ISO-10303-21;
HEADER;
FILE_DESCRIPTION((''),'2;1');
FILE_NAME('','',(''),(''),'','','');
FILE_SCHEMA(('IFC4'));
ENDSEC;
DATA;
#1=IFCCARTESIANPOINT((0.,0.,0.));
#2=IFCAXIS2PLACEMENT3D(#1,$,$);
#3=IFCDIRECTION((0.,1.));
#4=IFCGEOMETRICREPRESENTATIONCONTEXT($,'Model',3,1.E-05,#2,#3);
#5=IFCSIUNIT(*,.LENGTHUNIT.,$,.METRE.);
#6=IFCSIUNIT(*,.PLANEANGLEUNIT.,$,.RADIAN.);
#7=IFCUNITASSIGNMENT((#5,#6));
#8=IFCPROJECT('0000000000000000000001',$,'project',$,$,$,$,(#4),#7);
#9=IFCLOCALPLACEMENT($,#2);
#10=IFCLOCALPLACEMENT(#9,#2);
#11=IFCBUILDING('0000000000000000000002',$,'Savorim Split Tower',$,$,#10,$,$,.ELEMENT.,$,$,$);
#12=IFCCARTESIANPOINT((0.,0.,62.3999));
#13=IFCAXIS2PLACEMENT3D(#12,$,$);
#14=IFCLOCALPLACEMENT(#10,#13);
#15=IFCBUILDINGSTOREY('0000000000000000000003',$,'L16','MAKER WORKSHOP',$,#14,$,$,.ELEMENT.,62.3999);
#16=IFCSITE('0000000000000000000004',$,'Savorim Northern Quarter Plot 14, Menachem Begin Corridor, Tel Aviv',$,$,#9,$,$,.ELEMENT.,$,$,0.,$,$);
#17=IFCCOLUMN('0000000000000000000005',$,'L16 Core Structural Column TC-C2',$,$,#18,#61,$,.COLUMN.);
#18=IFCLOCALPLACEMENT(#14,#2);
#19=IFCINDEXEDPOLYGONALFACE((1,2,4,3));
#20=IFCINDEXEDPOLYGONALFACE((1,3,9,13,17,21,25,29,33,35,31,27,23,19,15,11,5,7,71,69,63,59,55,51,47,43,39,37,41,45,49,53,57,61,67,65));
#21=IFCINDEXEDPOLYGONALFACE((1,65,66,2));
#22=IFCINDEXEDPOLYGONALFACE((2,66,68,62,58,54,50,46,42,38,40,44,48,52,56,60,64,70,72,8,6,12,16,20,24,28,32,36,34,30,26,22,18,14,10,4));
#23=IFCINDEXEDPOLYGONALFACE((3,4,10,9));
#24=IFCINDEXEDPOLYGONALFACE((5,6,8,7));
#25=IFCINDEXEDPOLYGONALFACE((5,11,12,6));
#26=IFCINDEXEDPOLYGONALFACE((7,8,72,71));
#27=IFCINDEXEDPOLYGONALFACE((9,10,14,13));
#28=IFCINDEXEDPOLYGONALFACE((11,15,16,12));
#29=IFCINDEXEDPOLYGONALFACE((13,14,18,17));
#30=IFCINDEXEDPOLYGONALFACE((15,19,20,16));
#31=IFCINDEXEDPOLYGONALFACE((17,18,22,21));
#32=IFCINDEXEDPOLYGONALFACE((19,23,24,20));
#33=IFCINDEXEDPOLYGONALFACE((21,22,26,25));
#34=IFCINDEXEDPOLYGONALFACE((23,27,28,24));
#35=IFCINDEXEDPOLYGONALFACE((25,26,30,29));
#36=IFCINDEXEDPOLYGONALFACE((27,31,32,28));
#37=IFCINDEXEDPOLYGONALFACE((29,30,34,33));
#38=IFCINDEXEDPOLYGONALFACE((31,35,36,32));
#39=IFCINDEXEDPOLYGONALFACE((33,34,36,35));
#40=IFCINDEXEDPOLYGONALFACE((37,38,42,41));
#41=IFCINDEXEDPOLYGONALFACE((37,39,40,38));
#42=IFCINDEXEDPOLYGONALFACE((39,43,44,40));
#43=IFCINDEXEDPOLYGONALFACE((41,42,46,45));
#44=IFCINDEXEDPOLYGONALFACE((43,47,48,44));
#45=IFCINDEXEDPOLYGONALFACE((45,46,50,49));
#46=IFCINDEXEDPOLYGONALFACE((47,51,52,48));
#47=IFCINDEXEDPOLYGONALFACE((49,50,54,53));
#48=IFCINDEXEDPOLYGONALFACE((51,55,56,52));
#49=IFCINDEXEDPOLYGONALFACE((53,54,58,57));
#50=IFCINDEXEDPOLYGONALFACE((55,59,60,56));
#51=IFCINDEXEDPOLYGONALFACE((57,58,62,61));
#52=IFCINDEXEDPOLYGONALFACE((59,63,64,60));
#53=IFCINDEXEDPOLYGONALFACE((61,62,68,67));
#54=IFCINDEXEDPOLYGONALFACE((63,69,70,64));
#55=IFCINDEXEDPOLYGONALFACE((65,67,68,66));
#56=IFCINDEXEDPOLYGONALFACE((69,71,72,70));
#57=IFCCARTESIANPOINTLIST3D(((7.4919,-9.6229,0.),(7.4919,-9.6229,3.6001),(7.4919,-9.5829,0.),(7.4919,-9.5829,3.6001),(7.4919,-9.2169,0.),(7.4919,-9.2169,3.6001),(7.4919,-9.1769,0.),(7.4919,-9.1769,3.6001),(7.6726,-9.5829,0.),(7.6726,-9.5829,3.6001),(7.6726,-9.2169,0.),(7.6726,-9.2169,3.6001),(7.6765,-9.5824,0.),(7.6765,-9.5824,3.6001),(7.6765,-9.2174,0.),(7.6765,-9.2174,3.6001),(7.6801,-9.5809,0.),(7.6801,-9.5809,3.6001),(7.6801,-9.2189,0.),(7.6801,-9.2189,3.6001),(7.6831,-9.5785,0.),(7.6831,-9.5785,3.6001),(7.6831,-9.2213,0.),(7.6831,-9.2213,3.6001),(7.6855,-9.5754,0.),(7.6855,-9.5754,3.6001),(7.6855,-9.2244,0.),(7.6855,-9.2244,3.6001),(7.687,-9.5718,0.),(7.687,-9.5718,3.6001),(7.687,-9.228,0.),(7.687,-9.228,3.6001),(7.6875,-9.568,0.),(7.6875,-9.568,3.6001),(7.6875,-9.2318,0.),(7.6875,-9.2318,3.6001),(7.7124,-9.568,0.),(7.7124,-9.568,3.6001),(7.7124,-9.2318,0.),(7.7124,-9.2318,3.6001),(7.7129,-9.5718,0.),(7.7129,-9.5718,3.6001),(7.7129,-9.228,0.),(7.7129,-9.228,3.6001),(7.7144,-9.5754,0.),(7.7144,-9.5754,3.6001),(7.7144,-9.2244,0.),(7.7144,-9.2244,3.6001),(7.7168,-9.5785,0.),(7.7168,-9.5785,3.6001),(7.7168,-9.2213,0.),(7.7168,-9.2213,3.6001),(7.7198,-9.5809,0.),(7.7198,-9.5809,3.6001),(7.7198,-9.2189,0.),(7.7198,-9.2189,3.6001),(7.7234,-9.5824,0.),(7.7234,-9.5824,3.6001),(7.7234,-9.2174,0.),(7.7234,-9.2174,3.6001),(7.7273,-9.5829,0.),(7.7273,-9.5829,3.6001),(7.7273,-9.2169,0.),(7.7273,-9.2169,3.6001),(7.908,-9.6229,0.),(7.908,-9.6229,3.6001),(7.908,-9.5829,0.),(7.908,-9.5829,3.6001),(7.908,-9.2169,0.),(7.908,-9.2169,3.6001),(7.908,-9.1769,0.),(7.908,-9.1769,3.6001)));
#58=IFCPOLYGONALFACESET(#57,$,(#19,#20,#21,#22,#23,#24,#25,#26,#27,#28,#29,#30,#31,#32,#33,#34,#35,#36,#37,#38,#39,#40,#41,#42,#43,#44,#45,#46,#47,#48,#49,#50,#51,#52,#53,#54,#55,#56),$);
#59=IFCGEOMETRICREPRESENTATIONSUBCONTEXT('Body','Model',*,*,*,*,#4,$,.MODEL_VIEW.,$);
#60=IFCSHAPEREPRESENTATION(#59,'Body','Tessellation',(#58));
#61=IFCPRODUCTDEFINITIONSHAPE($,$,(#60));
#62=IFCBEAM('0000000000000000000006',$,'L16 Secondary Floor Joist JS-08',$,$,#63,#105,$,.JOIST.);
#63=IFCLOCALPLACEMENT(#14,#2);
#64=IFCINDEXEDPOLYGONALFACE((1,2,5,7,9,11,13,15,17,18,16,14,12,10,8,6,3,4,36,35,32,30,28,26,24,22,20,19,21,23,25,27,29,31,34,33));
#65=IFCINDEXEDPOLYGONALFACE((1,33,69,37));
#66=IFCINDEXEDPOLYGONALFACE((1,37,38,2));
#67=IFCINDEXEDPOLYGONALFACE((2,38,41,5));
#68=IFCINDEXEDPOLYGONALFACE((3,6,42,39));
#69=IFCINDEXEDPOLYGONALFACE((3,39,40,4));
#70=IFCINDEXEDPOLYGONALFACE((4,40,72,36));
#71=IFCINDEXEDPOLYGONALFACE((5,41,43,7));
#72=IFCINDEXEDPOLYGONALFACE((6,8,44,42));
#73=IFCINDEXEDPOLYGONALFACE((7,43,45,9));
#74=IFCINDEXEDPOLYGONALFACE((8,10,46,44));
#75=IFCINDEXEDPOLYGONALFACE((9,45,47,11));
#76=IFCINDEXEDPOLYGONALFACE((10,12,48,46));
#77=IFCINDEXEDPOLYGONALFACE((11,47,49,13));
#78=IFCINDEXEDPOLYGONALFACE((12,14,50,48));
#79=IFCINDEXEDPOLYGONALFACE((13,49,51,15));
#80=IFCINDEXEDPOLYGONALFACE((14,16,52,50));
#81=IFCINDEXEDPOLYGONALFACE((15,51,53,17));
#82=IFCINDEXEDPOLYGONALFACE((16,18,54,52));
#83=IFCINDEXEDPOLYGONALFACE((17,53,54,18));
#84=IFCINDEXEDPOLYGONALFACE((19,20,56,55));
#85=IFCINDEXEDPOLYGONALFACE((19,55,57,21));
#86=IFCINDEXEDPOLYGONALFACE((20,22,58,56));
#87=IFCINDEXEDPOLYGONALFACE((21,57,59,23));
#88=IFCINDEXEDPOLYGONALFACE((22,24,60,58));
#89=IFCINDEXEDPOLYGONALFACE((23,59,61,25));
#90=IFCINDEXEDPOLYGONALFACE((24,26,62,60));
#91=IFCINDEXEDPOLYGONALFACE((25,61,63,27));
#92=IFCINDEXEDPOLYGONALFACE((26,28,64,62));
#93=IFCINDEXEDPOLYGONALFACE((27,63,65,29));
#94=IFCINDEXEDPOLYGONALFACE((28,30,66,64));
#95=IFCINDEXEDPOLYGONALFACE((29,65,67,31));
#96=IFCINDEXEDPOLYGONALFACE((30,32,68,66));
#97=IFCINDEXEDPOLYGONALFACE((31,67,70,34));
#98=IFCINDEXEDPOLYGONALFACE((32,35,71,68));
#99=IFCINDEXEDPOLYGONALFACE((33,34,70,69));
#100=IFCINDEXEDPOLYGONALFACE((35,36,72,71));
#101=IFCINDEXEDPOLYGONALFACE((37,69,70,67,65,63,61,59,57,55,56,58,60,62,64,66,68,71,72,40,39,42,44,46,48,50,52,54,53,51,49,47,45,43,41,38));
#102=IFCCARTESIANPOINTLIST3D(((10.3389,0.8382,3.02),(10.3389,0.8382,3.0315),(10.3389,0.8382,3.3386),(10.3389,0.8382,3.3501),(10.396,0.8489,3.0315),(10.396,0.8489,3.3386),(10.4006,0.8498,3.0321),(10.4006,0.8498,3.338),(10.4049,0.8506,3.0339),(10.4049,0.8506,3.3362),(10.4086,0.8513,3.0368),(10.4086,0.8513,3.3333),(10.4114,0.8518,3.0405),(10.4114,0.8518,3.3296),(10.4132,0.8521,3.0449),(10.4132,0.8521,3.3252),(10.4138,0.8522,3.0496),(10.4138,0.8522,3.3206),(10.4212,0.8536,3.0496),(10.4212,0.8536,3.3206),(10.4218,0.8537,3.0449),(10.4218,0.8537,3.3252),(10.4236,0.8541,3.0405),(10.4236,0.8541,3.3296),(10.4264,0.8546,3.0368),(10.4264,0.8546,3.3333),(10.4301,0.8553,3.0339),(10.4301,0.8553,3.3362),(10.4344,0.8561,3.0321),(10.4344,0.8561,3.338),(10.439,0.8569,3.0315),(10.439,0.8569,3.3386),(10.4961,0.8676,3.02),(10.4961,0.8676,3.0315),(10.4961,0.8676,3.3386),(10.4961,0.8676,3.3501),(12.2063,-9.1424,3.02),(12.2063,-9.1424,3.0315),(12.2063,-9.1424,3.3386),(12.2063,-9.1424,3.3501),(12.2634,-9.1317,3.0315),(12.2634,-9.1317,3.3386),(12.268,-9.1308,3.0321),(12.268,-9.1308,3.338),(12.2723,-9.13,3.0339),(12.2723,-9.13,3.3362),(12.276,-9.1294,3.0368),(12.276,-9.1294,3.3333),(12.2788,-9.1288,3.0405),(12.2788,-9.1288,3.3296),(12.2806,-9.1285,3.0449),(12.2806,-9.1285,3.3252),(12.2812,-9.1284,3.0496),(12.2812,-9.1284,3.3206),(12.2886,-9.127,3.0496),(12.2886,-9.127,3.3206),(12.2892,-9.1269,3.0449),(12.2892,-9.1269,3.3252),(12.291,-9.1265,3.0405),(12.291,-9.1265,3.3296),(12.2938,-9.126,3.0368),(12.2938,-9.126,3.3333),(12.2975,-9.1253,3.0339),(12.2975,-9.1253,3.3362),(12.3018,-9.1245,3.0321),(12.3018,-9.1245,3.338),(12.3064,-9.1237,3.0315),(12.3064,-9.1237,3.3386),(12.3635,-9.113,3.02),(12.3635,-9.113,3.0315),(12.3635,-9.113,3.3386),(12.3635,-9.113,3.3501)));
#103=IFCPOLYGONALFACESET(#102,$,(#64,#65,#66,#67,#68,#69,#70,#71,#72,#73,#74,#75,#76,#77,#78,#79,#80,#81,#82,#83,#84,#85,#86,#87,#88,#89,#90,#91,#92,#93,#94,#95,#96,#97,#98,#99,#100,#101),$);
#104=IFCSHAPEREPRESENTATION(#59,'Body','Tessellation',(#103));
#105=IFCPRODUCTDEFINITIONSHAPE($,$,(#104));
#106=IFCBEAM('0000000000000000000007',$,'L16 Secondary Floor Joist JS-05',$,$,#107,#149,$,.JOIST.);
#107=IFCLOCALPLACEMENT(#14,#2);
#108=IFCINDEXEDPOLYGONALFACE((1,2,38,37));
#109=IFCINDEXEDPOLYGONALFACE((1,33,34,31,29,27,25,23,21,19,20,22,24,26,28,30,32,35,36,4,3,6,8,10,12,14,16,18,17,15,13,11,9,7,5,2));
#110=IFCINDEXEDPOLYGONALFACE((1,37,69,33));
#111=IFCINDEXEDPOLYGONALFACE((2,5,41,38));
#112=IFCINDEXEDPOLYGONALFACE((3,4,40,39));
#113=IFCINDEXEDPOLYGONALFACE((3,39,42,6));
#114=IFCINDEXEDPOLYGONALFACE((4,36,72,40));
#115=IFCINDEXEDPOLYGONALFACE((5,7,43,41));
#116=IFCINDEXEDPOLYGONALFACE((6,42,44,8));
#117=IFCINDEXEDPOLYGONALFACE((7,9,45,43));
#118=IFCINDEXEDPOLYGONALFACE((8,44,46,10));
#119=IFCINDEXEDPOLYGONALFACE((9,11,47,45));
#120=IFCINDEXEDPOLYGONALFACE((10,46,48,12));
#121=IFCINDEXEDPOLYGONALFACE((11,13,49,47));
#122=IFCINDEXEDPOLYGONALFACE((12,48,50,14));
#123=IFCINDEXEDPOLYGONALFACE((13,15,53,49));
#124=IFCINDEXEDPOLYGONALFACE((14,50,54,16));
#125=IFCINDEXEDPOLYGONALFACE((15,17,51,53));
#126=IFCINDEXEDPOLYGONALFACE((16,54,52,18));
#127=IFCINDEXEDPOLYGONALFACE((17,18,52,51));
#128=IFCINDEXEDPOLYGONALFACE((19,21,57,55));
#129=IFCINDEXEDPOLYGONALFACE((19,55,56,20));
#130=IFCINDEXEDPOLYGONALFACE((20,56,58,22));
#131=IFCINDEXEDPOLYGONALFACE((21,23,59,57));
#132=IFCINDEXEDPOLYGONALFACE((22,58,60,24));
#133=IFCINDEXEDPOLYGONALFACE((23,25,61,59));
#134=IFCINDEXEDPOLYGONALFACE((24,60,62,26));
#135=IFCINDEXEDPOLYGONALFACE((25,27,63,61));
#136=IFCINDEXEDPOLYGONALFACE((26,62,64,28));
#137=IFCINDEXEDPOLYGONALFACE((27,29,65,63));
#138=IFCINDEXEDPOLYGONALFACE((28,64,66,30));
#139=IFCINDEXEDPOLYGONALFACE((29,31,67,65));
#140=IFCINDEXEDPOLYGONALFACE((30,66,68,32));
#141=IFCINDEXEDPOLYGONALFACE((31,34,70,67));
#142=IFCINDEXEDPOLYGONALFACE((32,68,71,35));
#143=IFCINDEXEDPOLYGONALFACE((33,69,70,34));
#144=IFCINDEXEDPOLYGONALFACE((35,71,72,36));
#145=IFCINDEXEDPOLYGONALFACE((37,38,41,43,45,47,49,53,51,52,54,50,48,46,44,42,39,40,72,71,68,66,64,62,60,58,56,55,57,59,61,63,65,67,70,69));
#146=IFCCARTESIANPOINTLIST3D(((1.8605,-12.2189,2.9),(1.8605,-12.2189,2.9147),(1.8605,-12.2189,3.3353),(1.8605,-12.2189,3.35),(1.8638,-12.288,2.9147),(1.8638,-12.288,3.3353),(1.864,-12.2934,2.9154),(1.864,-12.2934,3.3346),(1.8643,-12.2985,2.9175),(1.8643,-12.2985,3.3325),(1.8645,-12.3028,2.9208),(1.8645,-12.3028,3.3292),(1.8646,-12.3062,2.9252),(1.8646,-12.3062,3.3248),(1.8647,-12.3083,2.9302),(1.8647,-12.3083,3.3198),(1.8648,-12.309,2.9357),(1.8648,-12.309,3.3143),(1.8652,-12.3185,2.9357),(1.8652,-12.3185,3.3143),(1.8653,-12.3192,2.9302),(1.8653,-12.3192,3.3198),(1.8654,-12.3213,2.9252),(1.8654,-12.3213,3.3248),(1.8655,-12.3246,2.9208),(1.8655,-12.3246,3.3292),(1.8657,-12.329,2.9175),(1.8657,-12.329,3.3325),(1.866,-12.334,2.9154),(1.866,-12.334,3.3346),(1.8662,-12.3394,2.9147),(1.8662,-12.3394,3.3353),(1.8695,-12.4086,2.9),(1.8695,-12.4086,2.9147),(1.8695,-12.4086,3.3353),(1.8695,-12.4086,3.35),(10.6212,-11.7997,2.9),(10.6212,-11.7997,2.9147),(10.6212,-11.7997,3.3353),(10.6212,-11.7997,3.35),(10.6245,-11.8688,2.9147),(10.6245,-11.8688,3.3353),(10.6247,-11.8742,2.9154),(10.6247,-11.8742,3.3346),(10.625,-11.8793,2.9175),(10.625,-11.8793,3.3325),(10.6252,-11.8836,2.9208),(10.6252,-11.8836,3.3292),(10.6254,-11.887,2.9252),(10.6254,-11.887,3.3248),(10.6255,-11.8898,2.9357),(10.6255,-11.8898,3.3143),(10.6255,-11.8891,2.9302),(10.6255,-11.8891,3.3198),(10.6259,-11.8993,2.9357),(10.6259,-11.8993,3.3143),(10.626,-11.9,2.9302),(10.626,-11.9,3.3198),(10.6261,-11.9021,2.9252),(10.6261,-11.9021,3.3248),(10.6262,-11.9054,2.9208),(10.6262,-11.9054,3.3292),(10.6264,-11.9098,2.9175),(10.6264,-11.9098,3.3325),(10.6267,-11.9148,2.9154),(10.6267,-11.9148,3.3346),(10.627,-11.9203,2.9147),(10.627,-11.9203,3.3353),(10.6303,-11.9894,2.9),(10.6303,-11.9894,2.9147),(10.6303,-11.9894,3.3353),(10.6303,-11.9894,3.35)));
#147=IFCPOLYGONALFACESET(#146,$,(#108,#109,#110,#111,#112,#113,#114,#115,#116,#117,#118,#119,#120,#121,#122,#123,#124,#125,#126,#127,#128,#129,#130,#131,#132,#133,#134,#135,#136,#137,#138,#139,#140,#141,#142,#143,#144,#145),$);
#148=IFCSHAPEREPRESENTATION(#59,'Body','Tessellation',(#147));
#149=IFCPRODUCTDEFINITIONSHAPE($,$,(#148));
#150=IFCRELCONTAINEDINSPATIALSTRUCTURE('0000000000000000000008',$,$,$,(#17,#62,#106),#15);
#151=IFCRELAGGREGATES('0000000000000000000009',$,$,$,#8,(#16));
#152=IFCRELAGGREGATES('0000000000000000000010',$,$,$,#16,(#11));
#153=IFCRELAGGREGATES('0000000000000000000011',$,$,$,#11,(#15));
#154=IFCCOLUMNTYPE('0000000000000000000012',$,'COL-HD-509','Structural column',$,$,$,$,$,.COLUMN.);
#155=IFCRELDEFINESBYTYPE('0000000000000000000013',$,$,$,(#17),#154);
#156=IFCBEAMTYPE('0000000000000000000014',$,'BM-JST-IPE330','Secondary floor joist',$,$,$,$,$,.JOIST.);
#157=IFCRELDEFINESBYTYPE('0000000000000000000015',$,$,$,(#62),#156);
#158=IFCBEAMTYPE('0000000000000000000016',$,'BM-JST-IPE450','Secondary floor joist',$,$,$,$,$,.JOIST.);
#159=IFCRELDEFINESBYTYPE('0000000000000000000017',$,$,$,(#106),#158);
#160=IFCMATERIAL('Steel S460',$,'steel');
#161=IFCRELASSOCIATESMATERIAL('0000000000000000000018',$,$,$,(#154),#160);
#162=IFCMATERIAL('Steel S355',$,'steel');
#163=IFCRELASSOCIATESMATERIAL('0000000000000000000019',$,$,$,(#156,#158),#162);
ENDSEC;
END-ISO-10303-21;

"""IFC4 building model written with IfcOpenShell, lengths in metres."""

from ifc_helpers import new_model, si_unit, direction, frame, origin, origin_2d, place, context, subcontext, project, spatial, i_section, extrude, material, material_profile, profile_set, type_object, element, save


model = new_model("IFC4")

# Units and contexts
model_context = context("Model", 3, precision=1e-05, world=origin(), true_north=direction((0.0, 1.0)))
body_context = subcontext(model_context, "Body", "Model", "MODEL_VIEW")
ifc_project = project(units=[si_unit("LENGTHUNIT", "METRE"), si_unit("PLANEANGLEUNIT", "RADIAN")], contexts=[model_context])

# Site, building, storey
site_placement = place(None, origin())
site = spatial("IfcSite", under=ifc_project, at=site_placement, Name="Savorim Northern Quarter Plot 14, Menachem Begin Corridor, Tel Aviv", CompositionType="ELEMENT", RefElevation=0.0)
building_placement = place(site_placement, origin())
building = spatial("IfcBuilding", under=site, at=building_placement, Name="Savorim Split Tower", CompositionType="ELEMENT")
storey_placement = place(building_placement, frame((0.0, 0.0, 62.3999)))
storey = spatial("IfcBuildingStorey", under=building, at=storey_placement, Name="L16", Description="MAKER WORKSHOP", CompositionType="ELEMENT", Elevation=62.3999)

# Column
ifc_material_1 = material(Name="Steel S460", Category="steel")
ifc_material_profile_1 = material_profile(ifc_material_1, i_section(OverallWidth=0.416, OverallDepth=0.446, WebThickness=0.0249, FlangeThickness=0.04, FilletRadius=0.0149, at=origin_2d()), Name="HD 400x509")
ifc_profile_set_1 = profile_set([ifc_material_profile_1], Name="Steel S460")
column_type = type_object("IfcColumnType", Name="COL-HD-509", Description="Structural column", PredefinedType="COLUMN", material=ifc_profile_set_1)
column_placement = place(storey_placement, frame((7.7, -9.3999, 0.0), z_axis=(0.0, 0.0, 1.0), x_axis=(1.0, 0.0, 0.0)))
element("IfcColumn", 1, at=column_placement, inside=storey, type_object=column_type, Name="L16 Core Structural Column TC-C2", PredefinedType="COLUMN", context=body_context, shape_type="SweptSolid", body=[
    extrude(i_section(OverallWidth=0.416, OverallDepth=0.446, WebThickness=0.0249, FlangeThickness=0.04, FilletRadius=0.0149, at=origin_2d()), origin(), (0.0, 0.0, 1.0), 3.6001),
])

# Beams
ifc_material_2 = material(Name="Steel S355", Category="steel")
ifc_material_profile_2 = material_profile(ifc_material_2, i_section(OverallWidth=0.1599, OverallDepth=0.3301, WebThickness=0.0076, FlangeThickness=0.0115, FilletRadius=0.0181, at=origin_2d()), Name="IPE 330")
ifc_profile_set_2 = profile_set([ifc_material_profile_2], Name="Steel S355")
beam_type_1 = type_object("IfcBeamType", Name="BM-JST-IPE330", Description="Secondary floor joist", PredefinedType="JOIST", material=ifc_profile_set_2)
beam_1_placement = place(storey_placement, frame((12.2849, -9.1277, 3.1851), z_axis=(-0.183913, 0.982943, 0.0), x_axis=(-0.982943, -0.183913, 0.0)))
element("IfcBeam", 2, at=beam_1_placement, inside=storey, type_object=beam_type_1, Name="L16 Secondary Floor Joist JS-08", PredefinedType="JOIST", context=body_context, shape_type="SweptSolid", body=[
    extrude(i_section(OverallWidth=0.1599, OverallDepth=0.3301, WebThickness=0.0076, FlangeThickness=0.0115, FilletRadius=0.0181, at=origin_2d()), origin(), (0.0, 0.0, 1.0), 10.1538),
])
ifc_material_profile_3 = material_profile(ifc_material_2, i_section(OverallWidth=0.1899, OverallDepth=0.45, WebThickness=0.0095, FlangeThickness=0.0146, FilletRadius=0.021, at=origin_2d()), Name="IPE 450")
ifc_profile_set_3 = profile_set([ifc_material_profile_3], Name="Steel S355")
beam_type_2 = type_object("IfcBeamType", Name="BM-JST-IPE450", Description="Secondary floor joist", PredefinedType="JOIST", material=ifc_profile_set_3)
beam_2_placement = place(storey_placement, frame((1.865, -12.3137, 3.125), z_axis=(0.998857, 0.047794, 0.0), x_axis=(-0.047794, 0.998857, 0.0)))
element("IfcBeam", 3, at=beam_2_placement, inside=storey, type_object=beam_type_2, Name="L16 Secondary Floor Joist JS-05", PredefinedType="JOIST", context=body_context, shape_type="SweptSolid", body=[
    extrude(i_section(OverallWidth=0.1899, OverallDepth=0.45, WebThickness=0.0095, FlangeThickness=0.0146, FilletRadius=0.021, at=origin_2d()), origin(), (0.0, 0.0, 1.0), 8.7708),
])

save(model, "model.ifc")
